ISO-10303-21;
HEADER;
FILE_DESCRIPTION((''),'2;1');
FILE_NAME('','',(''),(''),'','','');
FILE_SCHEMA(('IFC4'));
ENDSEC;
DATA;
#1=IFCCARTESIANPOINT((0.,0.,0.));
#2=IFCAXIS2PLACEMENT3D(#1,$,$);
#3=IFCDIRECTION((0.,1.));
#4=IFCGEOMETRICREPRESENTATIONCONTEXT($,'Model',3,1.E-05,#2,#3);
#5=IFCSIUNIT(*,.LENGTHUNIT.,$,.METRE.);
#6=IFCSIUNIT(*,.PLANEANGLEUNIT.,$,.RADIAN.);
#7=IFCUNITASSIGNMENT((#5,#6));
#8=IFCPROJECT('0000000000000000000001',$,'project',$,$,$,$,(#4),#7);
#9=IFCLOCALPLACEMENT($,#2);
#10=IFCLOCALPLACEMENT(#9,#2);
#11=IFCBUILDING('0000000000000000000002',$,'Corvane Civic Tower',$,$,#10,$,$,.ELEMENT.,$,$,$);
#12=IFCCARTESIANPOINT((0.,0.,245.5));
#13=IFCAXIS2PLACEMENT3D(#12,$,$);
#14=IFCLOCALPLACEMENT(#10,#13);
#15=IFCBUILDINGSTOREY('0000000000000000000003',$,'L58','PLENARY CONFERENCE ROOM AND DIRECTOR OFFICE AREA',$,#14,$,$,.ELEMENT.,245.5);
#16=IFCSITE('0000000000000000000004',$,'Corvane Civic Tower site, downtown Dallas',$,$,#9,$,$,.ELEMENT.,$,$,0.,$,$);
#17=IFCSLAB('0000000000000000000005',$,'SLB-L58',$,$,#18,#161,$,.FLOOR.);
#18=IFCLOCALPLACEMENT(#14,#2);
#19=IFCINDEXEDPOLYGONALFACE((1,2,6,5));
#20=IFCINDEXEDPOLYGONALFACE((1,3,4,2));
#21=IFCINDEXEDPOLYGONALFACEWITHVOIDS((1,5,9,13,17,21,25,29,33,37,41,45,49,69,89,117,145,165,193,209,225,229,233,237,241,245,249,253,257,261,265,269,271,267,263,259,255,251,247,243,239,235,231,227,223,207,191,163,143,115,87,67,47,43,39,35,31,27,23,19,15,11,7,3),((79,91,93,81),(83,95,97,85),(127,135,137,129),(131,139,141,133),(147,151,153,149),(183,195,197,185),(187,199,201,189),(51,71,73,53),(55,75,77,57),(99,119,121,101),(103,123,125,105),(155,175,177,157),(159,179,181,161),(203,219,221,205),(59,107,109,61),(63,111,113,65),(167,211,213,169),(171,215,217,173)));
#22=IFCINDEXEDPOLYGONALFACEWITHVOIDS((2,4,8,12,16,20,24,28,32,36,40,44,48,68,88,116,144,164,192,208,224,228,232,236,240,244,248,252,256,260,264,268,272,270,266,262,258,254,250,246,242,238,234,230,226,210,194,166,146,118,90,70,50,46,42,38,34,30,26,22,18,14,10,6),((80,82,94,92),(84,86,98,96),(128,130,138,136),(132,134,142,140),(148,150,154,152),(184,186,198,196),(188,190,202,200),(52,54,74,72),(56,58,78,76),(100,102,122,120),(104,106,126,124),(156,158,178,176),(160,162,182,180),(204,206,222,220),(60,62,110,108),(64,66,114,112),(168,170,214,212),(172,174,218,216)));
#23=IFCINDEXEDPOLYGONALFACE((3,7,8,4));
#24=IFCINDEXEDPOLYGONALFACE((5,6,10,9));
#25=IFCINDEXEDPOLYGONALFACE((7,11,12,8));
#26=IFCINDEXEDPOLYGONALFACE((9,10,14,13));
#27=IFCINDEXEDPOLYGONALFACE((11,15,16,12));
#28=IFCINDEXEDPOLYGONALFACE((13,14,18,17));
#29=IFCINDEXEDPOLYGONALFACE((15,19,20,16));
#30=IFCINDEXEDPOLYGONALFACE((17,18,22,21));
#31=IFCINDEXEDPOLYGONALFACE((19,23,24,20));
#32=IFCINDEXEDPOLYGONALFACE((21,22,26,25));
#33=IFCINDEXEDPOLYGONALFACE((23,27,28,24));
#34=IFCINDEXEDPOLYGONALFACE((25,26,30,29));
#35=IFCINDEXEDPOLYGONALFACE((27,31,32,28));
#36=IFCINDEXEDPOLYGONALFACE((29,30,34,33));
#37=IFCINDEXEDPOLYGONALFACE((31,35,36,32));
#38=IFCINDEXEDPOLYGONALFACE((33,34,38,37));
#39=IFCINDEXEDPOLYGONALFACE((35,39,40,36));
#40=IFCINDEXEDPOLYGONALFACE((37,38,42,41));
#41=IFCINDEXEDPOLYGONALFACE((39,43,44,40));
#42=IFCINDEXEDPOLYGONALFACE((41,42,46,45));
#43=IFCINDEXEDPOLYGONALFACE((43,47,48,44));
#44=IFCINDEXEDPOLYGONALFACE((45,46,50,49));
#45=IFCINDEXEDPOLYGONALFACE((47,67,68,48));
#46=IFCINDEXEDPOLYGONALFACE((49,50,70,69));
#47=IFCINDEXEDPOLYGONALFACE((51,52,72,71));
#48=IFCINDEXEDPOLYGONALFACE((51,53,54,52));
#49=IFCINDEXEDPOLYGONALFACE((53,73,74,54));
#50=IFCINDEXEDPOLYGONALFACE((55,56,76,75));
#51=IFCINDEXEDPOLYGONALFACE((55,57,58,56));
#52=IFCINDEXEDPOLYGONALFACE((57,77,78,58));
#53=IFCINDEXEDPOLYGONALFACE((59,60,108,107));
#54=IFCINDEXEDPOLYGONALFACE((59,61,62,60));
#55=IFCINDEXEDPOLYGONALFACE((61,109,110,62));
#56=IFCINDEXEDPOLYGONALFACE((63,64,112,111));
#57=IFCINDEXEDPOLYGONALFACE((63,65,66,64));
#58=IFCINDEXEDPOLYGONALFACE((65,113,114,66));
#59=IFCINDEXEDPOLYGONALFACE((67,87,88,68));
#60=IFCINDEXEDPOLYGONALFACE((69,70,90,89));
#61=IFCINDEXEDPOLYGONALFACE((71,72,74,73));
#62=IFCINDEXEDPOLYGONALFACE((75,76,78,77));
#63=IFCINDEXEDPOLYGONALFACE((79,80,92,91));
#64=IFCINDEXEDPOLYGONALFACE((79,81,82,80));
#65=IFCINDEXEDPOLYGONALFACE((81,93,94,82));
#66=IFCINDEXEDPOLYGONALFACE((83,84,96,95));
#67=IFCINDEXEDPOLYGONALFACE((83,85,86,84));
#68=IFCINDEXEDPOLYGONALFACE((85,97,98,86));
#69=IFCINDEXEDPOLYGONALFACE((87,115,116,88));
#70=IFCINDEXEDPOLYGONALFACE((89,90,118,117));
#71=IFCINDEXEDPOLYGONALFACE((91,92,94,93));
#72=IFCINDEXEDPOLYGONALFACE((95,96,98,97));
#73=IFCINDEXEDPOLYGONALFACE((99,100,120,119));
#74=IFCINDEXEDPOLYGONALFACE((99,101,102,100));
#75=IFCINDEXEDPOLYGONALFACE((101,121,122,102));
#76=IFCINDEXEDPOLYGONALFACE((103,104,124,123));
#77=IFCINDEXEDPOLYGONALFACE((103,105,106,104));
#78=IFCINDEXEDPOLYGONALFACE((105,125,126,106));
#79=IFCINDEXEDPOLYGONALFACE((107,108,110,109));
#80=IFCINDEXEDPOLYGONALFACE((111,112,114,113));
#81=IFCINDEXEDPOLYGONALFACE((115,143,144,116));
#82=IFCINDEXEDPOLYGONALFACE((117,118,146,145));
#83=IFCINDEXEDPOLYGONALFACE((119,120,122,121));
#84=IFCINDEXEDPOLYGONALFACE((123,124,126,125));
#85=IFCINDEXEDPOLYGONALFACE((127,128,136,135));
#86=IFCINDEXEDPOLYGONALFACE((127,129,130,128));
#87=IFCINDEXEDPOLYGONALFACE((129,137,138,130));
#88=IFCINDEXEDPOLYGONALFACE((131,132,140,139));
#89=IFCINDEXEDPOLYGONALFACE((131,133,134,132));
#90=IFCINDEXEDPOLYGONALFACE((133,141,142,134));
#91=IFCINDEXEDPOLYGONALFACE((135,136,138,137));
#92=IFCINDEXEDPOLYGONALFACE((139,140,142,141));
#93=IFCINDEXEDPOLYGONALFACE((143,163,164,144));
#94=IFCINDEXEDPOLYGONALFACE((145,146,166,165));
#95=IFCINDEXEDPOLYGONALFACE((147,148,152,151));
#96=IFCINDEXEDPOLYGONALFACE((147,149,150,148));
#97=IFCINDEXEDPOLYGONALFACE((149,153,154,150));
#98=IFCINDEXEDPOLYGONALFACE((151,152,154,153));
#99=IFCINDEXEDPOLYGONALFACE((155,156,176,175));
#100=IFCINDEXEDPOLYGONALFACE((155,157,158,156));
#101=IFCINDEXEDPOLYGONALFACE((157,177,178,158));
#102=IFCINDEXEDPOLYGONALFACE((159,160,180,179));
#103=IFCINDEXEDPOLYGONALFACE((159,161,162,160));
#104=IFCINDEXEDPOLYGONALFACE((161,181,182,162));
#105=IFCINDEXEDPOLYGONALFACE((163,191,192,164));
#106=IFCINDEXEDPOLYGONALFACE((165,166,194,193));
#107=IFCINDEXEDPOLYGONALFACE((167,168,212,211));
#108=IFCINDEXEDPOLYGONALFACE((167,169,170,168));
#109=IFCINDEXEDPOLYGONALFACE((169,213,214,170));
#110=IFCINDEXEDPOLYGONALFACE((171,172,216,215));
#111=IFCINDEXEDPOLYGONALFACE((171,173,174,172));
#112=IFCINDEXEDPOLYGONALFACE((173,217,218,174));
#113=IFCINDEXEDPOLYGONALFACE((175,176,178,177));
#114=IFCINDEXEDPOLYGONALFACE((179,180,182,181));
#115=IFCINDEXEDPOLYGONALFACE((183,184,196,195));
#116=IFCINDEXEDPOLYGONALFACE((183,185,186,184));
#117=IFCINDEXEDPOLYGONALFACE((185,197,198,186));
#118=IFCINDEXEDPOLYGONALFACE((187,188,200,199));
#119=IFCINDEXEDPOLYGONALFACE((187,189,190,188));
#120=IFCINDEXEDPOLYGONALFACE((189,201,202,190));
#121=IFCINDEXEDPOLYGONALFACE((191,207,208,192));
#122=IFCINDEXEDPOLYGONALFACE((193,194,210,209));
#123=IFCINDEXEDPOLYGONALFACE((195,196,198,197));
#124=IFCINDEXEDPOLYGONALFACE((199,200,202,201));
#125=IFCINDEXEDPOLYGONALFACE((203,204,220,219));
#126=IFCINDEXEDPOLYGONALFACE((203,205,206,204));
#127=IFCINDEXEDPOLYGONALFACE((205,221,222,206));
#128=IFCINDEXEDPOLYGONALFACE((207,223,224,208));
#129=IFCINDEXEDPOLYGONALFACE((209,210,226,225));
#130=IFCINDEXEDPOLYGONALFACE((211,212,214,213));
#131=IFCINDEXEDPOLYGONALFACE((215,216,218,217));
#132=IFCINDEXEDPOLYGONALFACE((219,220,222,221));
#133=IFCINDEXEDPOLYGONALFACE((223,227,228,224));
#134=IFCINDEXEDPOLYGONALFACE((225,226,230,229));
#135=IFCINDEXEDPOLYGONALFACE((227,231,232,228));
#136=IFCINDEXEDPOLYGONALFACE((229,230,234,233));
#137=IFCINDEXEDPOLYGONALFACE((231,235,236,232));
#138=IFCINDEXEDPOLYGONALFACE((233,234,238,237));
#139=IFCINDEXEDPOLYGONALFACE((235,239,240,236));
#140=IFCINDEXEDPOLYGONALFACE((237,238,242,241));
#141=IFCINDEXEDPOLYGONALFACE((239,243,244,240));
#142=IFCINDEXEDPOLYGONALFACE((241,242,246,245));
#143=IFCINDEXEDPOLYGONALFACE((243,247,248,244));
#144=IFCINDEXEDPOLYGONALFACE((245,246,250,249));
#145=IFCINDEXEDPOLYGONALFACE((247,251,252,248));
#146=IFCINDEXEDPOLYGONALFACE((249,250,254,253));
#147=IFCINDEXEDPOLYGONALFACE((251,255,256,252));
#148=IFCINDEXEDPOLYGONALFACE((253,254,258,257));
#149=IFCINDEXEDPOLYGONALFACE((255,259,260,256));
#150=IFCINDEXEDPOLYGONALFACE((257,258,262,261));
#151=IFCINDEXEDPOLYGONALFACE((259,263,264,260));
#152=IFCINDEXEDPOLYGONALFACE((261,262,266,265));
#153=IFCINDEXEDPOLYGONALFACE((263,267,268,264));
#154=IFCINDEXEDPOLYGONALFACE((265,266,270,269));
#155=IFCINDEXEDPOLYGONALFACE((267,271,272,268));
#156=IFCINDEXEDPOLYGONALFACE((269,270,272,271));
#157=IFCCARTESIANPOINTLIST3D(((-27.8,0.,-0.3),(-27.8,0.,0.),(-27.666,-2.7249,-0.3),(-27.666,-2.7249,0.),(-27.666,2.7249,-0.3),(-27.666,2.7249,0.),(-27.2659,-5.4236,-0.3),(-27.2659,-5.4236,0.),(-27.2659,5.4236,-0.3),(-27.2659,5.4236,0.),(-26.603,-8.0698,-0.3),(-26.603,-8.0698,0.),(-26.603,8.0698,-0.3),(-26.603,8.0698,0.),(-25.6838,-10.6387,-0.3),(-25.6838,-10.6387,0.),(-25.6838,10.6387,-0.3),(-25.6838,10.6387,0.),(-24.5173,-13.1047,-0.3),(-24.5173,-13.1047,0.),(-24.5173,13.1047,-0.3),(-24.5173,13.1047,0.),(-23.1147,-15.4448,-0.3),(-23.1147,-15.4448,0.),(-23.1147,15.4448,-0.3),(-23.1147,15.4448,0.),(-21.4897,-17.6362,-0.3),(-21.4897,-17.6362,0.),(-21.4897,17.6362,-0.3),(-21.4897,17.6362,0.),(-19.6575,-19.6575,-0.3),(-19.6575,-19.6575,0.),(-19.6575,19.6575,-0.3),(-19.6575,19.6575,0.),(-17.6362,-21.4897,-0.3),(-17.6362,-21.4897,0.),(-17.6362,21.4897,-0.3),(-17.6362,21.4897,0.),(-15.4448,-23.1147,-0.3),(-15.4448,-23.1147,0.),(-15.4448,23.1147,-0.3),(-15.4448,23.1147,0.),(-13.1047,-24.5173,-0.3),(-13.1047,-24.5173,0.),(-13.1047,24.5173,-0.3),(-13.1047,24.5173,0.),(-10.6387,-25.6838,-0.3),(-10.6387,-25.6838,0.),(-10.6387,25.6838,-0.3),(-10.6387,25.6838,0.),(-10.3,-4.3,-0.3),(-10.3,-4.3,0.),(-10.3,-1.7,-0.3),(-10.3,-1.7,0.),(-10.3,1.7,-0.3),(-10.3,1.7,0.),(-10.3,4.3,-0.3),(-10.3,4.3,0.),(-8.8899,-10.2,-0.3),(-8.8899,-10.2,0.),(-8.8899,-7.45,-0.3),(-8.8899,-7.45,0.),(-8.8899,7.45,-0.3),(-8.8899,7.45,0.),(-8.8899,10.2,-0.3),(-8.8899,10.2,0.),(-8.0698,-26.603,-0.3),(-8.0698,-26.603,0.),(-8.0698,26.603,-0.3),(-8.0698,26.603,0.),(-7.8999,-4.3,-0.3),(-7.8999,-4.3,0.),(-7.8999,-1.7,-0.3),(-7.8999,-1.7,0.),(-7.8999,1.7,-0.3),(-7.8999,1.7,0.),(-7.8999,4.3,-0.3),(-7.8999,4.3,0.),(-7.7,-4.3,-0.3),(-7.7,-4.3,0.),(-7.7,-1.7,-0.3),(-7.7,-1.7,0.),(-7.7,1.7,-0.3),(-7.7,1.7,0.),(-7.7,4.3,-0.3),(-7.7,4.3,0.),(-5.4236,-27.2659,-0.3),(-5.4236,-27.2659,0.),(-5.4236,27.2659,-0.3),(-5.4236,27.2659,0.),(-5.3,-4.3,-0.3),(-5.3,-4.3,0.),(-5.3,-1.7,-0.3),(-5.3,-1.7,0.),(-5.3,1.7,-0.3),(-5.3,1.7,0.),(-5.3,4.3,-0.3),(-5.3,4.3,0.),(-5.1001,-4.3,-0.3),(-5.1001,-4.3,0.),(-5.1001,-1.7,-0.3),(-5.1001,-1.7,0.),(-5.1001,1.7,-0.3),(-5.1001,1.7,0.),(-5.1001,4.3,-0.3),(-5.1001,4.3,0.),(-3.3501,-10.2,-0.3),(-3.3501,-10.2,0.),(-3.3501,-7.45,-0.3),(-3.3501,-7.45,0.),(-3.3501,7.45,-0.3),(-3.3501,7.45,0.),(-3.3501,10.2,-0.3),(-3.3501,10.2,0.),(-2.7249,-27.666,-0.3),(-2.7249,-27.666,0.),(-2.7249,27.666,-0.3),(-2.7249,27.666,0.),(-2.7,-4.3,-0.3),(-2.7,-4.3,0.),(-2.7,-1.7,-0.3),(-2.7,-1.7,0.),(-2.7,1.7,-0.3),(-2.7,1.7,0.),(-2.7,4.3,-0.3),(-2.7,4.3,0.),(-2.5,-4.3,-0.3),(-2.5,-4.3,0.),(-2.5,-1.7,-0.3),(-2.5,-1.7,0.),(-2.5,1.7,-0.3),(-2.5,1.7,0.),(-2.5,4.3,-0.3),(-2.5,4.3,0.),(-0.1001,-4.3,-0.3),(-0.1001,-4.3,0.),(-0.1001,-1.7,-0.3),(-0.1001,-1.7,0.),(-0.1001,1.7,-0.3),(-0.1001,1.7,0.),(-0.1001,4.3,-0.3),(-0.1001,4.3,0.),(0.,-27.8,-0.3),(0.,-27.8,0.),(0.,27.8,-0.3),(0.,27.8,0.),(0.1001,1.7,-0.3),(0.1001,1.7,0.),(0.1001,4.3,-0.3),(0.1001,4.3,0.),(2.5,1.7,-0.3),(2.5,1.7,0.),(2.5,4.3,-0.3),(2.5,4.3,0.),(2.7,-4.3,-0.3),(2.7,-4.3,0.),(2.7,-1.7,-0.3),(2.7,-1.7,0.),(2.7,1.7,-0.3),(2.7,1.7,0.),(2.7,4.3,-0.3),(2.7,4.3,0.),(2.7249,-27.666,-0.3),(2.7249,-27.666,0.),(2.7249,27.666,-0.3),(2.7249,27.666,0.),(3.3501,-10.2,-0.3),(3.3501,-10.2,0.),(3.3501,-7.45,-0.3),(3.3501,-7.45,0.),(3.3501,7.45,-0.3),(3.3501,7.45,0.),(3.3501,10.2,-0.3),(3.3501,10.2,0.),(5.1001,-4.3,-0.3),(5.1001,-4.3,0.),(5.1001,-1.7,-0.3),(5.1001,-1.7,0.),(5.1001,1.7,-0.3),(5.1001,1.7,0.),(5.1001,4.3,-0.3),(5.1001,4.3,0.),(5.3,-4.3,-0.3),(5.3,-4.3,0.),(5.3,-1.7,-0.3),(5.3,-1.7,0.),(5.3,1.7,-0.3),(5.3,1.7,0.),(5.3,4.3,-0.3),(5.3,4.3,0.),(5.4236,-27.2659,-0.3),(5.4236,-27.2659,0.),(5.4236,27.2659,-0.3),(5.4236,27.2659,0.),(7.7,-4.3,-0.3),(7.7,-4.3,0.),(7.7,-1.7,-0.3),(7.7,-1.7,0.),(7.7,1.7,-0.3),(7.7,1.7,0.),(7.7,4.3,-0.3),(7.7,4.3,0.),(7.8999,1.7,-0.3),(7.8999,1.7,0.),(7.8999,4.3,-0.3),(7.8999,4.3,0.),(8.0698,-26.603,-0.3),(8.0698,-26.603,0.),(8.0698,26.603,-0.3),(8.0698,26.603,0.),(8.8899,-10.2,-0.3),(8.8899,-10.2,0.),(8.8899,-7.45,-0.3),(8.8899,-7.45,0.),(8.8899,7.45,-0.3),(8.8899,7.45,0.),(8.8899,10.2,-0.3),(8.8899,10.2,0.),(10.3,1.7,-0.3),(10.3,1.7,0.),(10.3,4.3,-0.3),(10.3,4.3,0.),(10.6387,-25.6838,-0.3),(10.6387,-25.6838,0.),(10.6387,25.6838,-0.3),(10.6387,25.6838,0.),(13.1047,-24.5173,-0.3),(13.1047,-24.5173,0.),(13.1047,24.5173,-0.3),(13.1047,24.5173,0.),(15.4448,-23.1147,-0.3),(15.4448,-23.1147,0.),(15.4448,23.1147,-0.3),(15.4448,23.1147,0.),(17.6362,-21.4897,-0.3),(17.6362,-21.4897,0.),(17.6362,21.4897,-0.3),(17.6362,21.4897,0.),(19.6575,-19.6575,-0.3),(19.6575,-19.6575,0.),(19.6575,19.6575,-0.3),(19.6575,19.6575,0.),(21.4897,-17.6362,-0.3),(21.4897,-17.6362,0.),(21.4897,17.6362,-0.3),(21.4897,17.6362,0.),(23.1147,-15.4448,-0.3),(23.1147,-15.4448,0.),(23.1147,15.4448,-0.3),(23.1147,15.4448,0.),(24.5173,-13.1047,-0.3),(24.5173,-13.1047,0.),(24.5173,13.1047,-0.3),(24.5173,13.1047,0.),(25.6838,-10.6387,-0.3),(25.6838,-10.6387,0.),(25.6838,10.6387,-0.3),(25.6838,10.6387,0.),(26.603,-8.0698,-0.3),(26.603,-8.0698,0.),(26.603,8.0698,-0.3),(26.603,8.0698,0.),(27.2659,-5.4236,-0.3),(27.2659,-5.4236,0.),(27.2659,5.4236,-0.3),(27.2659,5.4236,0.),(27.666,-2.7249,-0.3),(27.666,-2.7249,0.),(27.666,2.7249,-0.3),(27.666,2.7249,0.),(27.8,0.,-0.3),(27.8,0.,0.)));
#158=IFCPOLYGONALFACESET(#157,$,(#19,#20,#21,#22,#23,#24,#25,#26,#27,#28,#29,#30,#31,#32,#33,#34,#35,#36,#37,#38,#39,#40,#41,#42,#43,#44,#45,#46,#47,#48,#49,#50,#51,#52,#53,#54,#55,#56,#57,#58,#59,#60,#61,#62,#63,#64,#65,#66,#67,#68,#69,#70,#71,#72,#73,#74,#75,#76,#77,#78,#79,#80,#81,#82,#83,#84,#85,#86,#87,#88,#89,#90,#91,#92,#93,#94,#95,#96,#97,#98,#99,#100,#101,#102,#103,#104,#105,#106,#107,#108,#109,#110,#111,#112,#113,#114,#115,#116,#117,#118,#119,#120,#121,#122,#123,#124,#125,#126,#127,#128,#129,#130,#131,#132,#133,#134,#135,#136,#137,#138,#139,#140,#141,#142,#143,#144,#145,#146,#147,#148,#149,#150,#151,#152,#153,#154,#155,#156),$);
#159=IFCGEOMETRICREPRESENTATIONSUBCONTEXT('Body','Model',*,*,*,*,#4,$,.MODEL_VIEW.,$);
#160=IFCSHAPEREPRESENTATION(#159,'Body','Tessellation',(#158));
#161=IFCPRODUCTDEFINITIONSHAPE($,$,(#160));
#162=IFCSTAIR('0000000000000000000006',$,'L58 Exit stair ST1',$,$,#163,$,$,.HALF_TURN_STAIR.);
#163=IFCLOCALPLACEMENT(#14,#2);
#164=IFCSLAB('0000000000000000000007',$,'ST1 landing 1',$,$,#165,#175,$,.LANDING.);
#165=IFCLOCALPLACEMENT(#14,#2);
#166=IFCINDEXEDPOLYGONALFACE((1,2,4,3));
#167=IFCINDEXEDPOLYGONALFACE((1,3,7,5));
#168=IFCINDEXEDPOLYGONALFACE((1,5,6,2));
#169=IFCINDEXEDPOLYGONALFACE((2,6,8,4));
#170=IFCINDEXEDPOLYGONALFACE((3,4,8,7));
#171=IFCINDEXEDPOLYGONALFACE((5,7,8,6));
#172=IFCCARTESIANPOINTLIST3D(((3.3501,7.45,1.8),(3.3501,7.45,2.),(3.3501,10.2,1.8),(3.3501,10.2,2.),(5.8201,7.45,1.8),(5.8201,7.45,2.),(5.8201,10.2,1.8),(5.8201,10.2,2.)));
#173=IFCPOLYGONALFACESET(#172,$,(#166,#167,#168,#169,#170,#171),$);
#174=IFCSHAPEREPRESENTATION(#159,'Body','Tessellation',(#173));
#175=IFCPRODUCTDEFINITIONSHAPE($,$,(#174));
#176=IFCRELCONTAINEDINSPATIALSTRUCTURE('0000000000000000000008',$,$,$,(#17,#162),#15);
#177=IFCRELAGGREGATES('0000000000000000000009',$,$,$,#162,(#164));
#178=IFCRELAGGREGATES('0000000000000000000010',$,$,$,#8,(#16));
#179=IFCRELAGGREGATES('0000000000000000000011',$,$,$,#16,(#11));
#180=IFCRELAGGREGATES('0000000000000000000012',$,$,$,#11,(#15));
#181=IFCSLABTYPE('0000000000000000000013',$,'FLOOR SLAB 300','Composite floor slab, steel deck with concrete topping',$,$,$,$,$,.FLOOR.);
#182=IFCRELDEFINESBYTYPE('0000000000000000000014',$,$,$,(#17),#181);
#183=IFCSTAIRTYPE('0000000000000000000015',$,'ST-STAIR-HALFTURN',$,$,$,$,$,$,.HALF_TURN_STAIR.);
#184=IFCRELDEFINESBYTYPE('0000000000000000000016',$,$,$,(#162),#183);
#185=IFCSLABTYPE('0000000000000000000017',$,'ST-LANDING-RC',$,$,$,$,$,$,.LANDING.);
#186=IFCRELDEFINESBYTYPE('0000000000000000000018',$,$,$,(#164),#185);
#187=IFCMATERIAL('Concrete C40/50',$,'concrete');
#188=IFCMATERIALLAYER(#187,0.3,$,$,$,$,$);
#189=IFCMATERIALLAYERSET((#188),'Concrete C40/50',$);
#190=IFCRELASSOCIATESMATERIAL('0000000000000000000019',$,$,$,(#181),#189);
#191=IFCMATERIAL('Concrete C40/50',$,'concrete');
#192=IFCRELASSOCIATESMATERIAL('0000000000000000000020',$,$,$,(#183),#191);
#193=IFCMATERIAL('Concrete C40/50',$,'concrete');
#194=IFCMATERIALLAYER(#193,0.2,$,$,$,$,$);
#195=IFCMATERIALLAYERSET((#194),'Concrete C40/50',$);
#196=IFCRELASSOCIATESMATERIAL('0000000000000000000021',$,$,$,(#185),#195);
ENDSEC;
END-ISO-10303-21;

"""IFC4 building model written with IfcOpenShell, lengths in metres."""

from ifc_helpers import new_model, si_unit, direction, frame, origin, place, context, subcontext, project, spatial, polyline, outline, extrude, material, layer, layer_set, type_object, element, aggregate, save


model = new_model("IFC4")

# Units and contexts
model_context = context("Model", 3, precision=1e-05, world=origin(), true_north=direction((0.0, 1.0)))
body_context = subcontext(model_context, "Body", "Model", "MODEL_VIEW")
ifc_project = project(units=[si_unit("LENGTHUNIT", "METRE"), si_unit("PLANEANGLEUNIT", "RADIAN")], contexts=[model_context])

# Site, building, storey
site_placement = place(None, origin())
site = spatial("IfcSite", under=ifc_project, at=site_placement, Name="Corvane Civic Tower site, downtown Dallas", CompositionType="ELEMENT", RefElevation=0.0)
building_placement = place(site_placement, origin())
building = spatial("IfcBuilding", under=site, at=building_placement, Name="Corvane Civic Tower", CompositionType="ELEMENT")
storey_placement = place(building_placement, frame((0.0, 0.0, 245.5)))
storey = spatial("IfcBuildingStorey", under=building, at=storey_placement, Name="L58", Description="PLENARY CONFERENCE ROOM AND DIRECTOR OFFICE AREA", CompositionType="ELEMENT", Elevation=245.5)

# Slab
ifc_material_1 = material(Name="Concrete C40/50", Category="concrete")
ifc_layer_1 = layer(ifc_material_1, 0.3)
ifc_layer_set_1 = layer_set([ifc_layer_1], Name="Concrete C40/50")
slab_type_1 = type_object("IfcSlabType", Name="FLOOR SLAB 300", Description="Composite floor slab, steel deck with concrete topping", PredefinedType="FLOOR", material=ifc_layer_set_1)
slab_1_placement = place(storey_placement, frame((0.0, 0.0, -0.3)))
element("IfcSlab", 1, at=slab_1_placement, inside=storey, type_object=slab_type_1, Name="SLB-L58", PredefinedType="FLOOR", context=body_context, shape_type="SweptSolid", body=[
    extrude(outline(polyline([(0.0, 27.8), (-2.7249, 27.666), (-5.4236, 27.2659), (-8.0698, 26.603), (-10.6387, 25.6838), (-13.1047, 24.5173), (-15.4448, 23.1147), (-17.6362, 21.4897), (-19.6575, 19.6575), (-21.4897, 17.6362), (-23.1147, 15.4448), (-24.5173, 13.1047), (-25.6838, 10.6387), (-26.603, 8.0698), (-27.2659, 5.4236), (-27.666, 2.7249), (-27.8, 0.0), (-27.666, -2.7249), (-27.2659, -5.4236), (-26.603, -8.0698), (-25.6838, -10.6387), (-24.5173, -13.1047), (-23.1147, -15.4448), (-21.4897, -17.6362), (-19.6575, -19.6575), (-17.6362, -21.4897), (-15.4448, -23.1147), (-13.1047, -24.5173), (-10.6387, -25.6838), (-8.0698, -26.603), (-5.4236, -27.2659), (-2.7249, -27.666), (0.0, -27.8), (2.7249, -27.666), (5.4236, -27.2659), (8.0698, -26.603), (10.6387, -25.6838), (13.1047, -24.5173), (15.4448, -23.1147), (17.6362, -21.4897), (19.6575, -19.6575), (21.4897, -17.6362), (23.1147, -15.4448), (24.5173, -13.1047), (25.6838, -10.6387), (26.603, -8.0698), (27.2659, -5.4236), (27.666, -2.7249), (27.8, 0.0), (27.666, 2.7249), (27.2659, 5.4236), (26.603, 8.0698), (25.6838, 10.6387), (24.5173, 13.1047), (23.1147, 15.4448), (21.4897, 17.6362), (19.6575, 19.6575), (17.6362, 21.4897), (15.4448, 23.1147), (13.1047, 24.5173), (10.6387, 25.6838), (8.0698, 26.603), (5.4236, 27.2659), (2.7249, 27.666), (0.0, 27.8)]), holes=[polyline([(-10.3, 4.3), (-7.8999, 4.3), (-7.8999, 1.7), (-10.3, 1.7), (-10.3, 4.3)]), polyline([(-5.3, 1.7), (-7.7, 1.7), (-7.7, 4.3), (-5.3, 4.3), (-5.3, 1.7)]), polyline([(-5.1001, 4.3), (-2.7, 4.3), (-2.7, 1.7), (-5.1001, 1.7), (-5.1001, 4.3)]), polyline([(-2.5, 4.3), (-0.1001, 4.3), (-0.1001, 1.7), (-2.5, 1.7), (-2.5, 4.3)]), polyline([(0.1001, 4.3), (2.5, 4.3), (2.5, 1.7), (0.1001, 1.7), (0.1001, 4.3)]), polyline([(2.7, 4.3), (5.1001, 4.3), (5.1001, 1.7), (2.7, 1.7), (2.7, 4.3)]), polyline([(5.3, 4.3), (7.7, 4.3), (7.7, 1.7), (5.3, 1.7), (5.3, 4.3)]), polyline([(7.8999, 4.3), (10.3, 4.3), (10.3, 1.7), (7.8999, 1.7), (7.8999, 4.3)]), polyline([(-10.3, -4.3), (-10.3, -1.7), (-7.8999, -1.7), (-7.8999, -4.3), (-10.3, -4.3)]), polyline([(-5.3, -1.7), (-5.3, -4.3), (-7.7, -4.3), (-7.7, -1.7), (-5.3, -1.7)]), polyline([(-5.1001, -4.3), (-5.1001, -1.7), (-2.7, -1.7), (-2.7, -4.3), (-5.1001, -4.3)]), polyline([(-0.1001, -1.7), (-0.1001, -4.3), (-2.5, -4.3), (-2.5, -1.7), (-0.1001, -1.7)]), polyline([(5.1001, -1.7), (5.1001, -4.3), (2.7, -4.3), (2.7, -1.7), (5.1001, -1.7)]), polyline([(7.7, -1.7), (7.7, -4.3), (5.3, -4.3), (5.3, -1.7), (7.7, -1.7)]), polyline([(8.8899, 10.2), (8.8899, 7.45), (3.3501, 7.45), (3.3501, 10.2), (8.8899, 10.2)]), polyline([(-8.8899, 7.45), (-8.8899, 10.2), (-3.3501, 10.2), (-3.3501, 7.45), (-8.8899, 7.45)]), polyline([(8.8899, -7.45), (8.8899, -10.2), (3.3501, -10.2), (3.3501, -7.45), (8.8899, -7.45)]), polyline([(-8.8899, -10.2), (-8.8899, -7.45), (-3.3501, -7.45), (-3.3501, -10.2), (-8.8899, -10.2)])]), origin(), (0.0, 0.0, 1.0), 0.3),
])

# Stair, slab
ifc_material_2 = material(Name="Concrete C40/50", Category="concrete")
stair_type = type_object("IfcStairType", Name="ST-STAIR-HALFTURN", PredefinedType="HALF_TURN_STAIR", material=ifc_material_2)
stair_1_placement = place(storey_placement, origin())
stair_1 = element("IfcStair", 2, at=stair_1_placement, inside=storey, type_object=stair_type, Name="L58 Exit stair ST1", PredefinedType="HALF_TURN_STAIR")
ifc_material_3 = material(Name="Concrete C40/50", Category="concrete")
ifc_layer_2 = layer(ifc_material_3, 0.2)
ifc_layer_set_2 = layer_set([ifc_layer_2], Name="Concrete C40/50")
slab_type_2 = type_object("IfcSlabType", Name="ST-LANDING-RC", PredefinedType="LANDING", material=ifc_layer_set_2)
slab_2_placement = place(storey_placement, frame((0.0, 0.0, 1.8)))
slab_2 = element("IfcSlab", 3, at=slab_2_placement, type_object=slab_type_2, Name="ST1 landing 1", PredefinedType="LANDING", context=body_context, shape_type="SweptSolid", body=[
    extrude(outline(polyline([(5.8201, 10.2), (3.3501, 10.2), (3.3501, 7.45), (5.8201, 7.45), (5.8201, 10.2)])), origin(), (0.0, 0.0, 1.0), 0.2),
])
aggregate(stair_1, [slab_2])

save(model, "model.ifc")
